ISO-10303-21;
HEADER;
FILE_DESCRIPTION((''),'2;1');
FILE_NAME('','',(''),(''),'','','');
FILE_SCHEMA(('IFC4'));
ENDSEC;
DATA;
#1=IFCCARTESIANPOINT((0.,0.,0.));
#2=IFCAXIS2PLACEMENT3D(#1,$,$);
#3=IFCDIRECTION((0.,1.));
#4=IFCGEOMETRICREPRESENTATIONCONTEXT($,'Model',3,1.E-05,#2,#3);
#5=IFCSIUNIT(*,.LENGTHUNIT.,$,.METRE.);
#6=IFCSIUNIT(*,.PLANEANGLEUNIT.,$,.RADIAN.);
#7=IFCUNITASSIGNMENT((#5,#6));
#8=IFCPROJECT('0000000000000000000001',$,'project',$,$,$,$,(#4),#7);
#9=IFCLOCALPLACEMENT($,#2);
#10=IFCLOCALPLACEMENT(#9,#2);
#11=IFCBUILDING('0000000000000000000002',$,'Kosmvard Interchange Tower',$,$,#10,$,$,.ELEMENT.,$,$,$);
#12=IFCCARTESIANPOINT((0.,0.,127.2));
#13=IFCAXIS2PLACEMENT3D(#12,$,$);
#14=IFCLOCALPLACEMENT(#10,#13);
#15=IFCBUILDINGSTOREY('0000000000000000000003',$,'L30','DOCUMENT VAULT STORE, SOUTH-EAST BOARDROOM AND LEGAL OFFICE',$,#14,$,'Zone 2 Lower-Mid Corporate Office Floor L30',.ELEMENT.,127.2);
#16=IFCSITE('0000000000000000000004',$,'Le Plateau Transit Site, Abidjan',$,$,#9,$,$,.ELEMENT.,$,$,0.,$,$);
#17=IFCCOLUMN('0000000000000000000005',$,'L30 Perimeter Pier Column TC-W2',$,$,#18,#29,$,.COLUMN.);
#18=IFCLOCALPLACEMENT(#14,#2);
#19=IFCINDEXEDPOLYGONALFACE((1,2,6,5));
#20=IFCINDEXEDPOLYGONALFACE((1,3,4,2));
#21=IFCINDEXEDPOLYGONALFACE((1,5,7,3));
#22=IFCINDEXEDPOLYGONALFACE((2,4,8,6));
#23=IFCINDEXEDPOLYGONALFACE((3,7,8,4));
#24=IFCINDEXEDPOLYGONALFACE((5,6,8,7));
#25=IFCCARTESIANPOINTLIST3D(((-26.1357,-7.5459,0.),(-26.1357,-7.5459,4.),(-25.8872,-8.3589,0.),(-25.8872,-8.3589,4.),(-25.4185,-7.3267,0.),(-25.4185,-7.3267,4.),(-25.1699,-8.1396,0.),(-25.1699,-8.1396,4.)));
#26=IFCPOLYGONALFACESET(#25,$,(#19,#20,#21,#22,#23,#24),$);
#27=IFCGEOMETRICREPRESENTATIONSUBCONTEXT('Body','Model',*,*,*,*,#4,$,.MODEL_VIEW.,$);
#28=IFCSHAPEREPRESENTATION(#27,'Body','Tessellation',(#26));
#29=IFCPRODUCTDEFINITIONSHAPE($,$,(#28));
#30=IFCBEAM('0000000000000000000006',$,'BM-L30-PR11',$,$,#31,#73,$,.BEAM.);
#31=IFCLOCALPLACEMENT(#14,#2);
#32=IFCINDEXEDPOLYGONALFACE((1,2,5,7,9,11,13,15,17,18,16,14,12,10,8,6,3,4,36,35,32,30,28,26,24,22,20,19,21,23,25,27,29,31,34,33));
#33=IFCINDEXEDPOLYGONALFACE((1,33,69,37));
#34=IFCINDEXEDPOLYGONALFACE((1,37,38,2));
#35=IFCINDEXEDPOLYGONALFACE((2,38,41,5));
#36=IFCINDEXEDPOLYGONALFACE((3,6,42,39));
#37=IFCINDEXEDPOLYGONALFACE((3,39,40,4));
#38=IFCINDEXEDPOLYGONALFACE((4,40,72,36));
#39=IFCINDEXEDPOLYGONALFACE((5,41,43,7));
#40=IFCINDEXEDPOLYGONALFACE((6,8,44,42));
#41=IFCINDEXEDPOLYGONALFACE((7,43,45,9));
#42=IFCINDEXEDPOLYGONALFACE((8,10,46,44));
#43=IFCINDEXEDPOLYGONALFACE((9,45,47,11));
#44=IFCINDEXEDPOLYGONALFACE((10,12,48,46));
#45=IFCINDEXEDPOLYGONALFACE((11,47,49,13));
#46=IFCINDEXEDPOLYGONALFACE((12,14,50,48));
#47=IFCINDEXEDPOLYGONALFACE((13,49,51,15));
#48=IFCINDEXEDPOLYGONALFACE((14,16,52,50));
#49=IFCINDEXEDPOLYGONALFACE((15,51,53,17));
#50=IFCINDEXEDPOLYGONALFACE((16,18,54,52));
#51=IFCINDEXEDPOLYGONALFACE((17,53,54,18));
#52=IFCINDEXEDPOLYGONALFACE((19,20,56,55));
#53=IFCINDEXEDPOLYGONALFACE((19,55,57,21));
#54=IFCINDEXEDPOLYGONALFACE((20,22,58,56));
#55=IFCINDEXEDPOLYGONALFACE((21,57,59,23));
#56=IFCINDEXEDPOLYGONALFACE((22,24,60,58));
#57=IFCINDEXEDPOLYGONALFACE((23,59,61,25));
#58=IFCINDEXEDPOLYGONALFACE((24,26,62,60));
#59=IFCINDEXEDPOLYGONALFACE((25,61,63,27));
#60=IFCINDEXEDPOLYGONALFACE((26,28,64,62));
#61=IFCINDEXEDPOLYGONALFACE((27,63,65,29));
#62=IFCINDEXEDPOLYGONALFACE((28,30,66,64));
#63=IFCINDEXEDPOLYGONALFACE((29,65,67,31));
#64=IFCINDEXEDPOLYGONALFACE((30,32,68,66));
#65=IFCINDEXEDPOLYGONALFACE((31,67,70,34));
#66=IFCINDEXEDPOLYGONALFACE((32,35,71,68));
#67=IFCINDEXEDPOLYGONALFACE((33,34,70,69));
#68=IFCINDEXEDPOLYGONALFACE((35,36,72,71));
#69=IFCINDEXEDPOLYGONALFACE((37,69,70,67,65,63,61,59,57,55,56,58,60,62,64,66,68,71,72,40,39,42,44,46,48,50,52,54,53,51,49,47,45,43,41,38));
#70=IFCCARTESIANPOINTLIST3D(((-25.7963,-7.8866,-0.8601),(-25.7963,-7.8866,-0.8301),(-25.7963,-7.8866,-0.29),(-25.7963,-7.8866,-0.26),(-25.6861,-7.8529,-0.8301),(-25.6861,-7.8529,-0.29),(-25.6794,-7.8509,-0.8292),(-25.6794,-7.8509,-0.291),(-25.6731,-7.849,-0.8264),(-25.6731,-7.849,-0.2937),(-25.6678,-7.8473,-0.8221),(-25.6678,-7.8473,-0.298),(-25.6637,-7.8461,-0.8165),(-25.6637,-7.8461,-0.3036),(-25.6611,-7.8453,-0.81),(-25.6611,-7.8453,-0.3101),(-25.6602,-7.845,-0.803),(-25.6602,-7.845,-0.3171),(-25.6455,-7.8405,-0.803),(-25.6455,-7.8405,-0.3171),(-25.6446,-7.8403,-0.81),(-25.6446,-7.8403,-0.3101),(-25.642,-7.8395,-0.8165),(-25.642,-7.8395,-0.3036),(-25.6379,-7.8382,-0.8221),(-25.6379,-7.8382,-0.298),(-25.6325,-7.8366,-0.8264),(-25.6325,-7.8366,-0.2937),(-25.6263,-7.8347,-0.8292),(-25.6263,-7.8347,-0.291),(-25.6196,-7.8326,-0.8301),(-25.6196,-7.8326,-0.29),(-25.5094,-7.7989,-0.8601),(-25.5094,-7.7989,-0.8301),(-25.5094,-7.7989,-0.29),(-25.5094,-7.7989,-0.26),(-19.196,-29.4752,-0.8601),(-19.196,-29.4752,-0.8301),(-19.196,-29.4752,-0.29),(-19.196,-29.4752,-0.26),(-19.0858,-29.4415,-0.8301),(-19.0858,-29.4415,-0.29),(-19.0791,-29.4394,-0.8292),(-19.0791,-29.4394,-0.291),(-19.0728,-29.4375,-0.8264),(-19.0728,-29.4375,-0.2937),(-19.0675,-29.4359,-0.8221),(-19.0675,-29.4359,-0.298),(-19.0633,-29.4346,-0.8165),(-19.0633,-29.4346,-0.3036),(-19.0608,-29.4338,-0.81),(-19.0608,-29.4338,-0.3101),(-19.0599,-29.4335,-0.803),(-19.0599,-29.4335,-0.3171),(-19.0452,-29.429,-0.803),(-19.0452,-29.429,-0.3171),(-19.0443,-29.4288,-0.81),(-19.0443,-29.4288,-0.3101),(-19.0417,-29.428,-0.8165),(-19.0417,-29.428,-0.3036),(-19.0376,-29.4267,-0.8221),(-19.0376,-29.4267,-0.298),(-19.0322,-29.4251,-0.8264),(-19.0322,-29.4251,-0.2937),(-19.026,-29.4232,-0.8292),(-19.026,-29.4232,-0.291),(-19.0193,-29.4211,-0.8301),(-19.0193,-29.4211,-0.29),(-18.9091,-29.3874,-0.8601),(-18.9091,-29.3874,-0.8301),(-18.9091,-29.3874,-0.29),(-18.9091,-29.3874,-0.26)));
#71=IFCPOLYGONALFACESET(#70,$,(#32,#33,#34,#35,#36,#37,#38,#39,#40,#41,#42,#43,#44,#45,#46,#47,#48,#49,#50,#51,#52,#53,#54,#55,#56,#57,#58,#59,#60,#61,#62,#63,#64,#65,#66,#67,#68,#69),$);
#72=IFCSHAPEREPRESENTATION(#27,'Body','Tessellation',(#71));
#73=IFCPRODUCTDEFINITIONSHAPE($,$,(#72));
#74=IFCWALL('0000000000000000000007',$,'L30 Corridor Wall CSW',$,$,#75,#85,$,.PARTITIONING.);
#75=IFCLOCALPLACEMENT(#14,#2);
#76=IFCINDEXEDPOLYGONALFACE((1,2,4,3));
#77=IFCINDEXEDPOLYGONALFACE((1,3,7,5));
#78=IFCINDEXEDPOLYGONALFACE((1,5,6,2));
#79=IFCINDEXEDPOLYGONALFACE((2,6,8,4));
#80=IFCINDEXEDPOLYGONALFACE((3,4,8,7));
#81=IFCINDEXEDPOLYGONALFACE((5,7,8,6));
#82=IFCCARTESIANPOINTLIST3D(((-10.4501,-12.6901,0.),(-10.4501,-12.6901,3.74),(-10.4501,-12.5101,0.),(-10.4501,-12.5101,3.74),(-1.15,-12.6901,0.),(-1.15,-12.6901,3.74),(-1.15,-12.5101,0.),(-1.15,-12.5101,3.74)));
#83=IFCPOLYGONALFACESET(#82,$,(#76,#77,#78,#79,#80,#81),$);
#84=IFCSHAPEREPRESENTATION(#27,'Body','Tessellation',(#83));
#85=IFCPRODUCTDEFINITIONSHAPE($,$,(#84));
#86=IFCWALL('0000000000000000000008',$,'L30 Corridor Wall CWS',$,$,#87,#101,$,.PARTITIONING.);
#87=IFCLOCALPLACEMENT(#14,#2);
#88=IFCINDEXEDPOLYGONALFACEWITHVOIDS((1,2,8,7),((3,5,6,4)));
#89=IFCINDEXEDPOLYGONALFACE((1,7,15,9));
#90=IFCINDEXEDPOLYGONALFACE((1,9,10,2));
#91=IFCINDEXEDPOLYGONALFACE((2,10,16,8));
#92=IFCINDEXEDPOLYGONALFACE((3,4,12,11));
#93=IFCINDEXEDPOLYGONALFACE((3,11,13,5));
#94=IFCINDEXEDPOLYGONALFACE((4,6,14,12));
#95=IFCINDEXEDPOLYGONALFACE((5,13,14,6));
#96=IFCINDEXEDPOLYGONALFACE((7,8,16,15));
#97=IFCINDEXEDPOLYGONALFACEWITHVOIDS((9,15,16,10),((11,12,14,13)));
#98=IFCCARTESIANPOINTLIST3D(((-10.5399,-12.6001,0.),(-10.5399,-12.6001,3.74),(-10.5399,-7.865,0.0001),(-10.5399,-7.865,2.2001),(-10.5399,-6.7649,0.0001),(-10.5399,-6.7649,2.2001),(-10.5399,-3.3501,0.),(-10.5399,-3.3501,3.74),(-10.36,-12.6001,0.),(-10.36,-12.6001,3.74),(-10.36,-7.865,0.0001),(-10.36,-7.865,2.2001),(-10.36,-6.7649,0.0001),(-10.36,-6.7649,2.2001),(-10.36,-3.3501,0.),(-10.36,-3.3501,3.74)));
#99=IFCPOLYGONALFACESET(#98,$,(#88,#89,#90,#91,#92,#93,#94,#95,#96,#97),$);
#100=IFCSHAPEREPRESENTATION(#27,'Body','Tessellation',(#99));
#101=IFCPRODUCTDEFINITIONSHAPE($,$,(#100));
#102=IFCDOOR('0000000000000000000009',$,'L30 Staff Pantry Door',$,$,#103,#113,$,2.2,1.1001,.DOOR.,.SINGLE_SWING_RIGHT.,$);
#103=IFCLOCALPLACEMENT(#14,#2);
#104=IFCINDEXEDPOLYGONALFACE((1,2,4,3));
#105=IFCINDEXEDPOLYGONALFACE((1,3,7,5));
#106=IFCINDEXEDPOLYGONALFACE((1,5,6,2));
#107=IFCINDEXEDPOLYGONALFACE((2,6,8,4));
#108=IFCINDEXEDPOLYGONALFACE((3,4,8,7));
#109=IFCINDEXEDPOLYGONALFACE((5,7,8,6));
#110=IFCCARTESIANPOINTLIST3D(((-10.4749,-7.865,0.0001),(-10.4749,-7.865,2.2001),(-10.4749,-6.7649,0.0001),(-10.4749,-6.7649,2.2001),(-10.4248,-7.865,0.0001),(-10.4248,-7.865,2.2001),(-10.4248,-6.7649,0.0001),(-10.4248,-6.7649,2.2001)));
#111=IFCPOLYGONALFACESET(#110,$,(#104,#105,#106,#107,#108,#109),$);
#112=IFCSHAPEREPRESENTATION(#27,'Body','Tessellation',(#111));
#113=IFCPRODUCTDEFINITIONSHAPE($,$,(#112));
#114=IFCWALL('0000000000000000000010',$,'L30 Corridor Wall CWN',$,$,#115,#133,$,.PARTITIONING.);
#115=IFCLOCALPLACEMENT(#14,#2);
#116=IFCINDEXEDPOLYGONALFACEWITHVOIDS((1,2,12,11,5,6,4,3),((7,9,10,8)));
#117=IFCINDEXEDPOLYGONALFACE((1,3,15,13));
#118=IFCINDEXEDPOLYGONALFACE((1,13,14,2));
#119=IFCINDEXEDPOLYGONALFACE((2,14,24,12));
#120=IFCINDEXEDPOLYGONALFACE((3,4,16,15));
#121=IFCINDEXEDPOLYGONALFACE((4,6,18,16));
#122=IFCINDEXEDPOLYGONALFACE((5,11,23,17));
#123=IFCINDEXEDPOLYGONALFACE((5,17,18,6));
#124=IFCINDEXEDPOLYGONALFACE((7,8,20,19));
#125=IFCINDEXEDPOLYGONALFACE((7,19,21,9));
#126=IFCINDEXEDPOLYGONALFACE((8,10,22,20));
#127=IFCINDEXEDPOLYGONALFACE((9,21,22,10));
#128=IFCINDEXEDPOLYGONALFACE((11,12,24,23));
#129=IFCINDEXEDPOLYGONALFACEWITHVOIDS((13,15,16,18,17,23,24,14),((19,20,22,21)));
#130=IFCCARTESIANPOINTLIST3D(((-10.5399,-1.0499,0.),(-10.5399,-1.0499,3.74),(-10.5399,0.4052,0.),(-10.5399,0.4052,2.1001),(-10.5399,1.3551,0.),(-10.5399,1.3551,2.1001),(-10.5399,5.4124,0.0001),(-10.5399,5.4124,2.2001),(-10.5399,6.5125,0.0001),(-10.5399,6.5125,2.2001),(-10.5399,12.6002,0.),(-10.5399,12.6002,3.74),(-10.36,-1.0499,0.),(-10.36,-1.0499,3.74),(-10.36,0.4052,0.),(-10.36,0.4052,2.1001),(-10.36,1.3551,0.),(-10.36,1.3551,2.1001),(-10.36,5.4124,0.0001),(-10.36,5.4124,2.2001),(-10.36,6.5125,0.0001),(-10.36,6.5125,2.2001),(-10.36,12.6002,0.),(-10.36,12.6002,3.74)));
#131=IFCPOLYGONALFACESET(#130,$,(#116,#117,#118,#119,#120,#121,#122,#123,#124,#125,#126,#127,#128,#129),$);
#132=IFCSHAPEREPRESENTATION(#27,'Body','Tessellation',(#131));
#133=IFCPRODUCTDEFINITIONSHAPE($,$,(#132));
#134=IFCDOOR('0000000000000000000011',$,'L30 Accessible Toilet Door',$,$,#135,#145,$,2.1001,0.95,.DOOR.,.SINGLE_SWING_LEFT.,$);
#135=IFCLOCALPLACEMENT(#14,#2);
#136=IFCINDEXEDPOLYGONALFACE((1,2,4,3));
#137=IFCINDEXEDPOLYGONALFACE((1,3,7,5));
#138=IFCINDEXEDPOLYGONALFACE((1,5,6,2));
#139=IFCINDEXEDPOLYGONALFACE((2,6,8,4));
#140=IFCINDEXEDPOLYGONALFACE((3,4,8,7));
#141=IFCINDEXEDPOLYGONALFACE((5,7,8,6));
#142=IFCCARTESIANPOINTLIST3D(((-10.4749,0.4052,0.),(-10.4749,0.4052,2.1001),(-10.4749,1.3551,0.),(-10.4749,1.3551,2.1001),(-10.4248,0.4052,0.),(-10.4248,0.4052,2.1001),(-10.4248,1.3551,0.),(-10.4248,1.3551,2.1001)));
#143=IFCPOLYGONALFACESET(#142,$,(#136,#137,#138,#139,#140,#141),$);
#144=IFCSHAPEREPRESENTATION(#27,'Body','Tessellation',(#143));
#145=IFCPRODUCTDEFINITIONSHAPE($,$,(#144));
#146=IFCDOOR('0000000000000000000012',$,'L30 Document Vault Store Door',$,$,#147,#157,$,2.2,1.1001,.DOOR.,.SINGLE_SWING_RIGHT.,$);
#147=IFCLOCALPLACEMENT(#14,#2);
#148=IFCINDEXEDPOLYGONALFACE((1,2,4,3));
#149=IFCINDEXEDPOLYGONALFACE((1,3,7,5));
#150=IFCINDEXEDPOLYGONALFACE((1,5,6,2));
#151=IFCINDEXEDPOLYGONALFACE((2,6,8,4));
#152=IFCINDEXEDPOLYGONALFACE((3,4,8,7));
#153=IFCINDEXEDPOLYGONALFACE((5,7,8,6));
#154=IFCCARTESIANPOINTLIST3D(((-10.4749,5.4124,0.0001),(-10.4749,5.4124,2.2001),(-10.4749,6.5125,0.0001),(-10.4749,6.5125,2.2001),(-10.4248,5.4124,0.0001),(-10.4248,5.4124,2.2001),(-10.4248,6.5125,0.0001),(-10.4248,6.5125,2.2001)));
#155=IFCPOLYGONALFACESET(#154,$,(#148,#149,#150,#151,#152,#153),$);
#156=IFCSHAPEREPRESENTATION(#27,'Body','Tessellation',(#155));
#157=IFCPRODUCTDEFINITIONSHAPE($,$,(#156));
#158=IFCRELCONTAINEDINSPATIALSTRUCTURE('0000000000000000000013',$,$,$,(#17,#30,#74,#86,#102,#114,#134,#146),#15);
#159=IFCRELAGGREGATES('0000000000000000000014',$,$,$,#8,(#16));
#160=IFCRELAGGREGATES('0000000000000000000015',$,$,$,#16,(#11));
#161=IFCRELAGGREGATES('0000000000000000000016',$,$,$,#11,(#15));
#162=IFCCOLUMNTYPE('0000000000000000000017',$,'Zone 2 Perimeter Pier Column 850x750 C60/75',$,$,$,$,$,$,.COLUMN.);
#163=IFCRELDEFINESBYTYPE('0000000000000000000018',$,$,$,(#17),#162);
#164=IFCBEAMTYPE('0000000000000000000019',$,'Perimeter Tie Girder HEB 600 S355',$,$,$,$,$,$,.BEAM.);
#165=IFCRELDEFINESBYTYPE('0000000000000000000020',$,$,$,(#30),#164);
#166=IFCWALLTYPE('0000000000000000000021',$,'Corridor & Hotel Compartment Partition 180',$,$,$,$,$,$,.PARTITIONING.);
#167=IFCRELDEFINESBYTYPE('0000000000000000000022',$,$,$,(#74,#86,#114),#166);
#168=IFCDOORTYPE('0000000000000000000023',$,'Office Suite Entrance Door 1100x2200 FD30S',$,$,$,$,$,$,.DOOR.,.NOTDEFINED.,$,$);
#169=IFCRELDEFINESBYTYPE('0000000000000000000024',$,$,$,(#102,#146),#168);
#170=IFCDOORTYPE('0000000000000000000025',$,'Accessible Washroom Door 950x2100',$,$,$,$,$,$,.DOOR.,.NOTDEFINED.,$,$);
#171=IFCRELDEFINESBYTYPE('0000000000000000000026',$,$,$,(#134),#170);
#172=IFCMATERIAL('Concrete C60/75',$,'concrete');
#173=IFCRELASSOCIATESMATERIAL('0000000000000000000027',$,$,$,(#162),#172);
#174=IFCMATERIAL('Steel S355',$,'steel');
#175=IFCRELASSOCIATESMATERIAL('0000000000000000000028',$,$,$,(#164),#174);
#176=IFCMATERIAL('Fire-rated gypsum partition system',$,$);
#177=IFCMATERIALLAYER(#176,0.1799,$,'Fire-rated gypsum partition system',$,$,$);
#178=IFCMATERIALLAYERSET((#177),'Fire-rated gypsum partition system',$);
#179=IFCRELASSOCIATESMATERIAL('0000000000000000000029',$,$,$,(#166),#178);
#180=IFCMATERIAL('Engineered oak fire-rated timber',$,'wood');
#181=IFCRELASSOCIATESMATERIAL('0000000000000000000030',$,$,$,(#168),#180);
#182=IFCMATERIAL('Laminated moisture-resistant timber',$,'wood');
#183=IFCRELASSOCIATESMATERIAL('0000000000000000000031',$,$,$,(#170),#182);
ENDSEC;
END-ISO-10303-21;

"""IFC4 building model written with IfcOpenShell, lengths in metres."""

from ifc_helpers import new_model, si_unit, direction, frame, frame_2d, origin, origin_2d, place, context, subcontext, project, spatial, rectangle, i_section, extrude, source, transform, mapped, material, layer, layer_set, material_profile, profile_set, type_object, element, fill, save


model = new_model("IFC4")

# Units and contexts
model_context = context("Model", 3, precision=1e-05, world=origin(), true_north=direction((0.0, 1.0)))
body_context = subcontext(model_context, "Body", "Model", "MODEL_VIEW")
ifc_project = project(units=[si_unit("LENGTHUNIT", "METRE"), si_unit("PLANEANGLEUNIT", "RADIAN")], contexts=[model_context])

# Site, building, storey
site_placement = place(None, origin())
site = spatial("IfcSite", under=ifc_project, at=site_placement, Name="Le Plateau Transit Site, Abidjan", CompositionType="ELEMENT", RefElevation=0.0)
building_placement = place(site_placement, origin())
building = spatial("IfcBuilding", under=site, at=building_placement, Name="Kosmvard Interchange Tower", CompositionType="ELEMENT")
storey_placement = place(building_placement, frame((0.0, 0.0, 127.2)))
storey = spatial("IfcBuildingStorey", under=building, at=storey_placement, Name="L30", Description="DOCUMENT VAULT STORE, SOUTH-EAST BOARDROOM AND LEGAL OFFICE", LongName="Zone 2 Lower-Mid Corporate Office Floor L30", CompositionType="ELEMENT", Elevation=127.2)

# Column
ifc_material_1 = material(Name="Concrete C60/75", Category="concrete")
ifc_material_profile_1 = material_profile(ifc_material_1, rectangle(XDim=0.75, YDim=0.8501, at=origin_2d()), Name="TC 850x750")
ifc_profile_set_1 = profile_set([ifc_material_profile_1], Name="Concrete C60/75")
column_type = type_object("IfcColumnType", Name="Zone 2 Perimeter Pier Column 850x750 C60/75", PredefinedType="COLUMN", material=ifc_profile_set_1)
shared_shape_1 = source(origin(), body_context, "Body", "SweptSolid", [
    extrude(rectangle(XDim=0.75, YDim=0.8501, at=origin_2d()), origin(), (0.0, 0.0, 1.0), 4.0),
])
column_placement = place(storey_placement, frame((-25.6528, -7.8428, 0.0), z_axis=(0.0, 0.0, 1.0), x_axis=(0.956305, 0.292372, 0.0)))
element("IfcColumn", 1, at=column_placement, inside=storey, type_object=column_type, Name="L30 Perimeter Pier Column TC-W2", PredefinedType="COLUMN", context=body_context, shape_type="MappedRepresentation", body=[
    mapped(shared_shape_1, transform((0.0, 0.0, 0.0), scale=1.0)),
])

# Beam
ifc_material_2 = material(Name="Steel S355", Category="steel")
ifc_material_profile_2 = material_profile(ifc_material_2, i_section(OverallWidth=0.3, OverallDepth=0.6001, WebThickness=0.0154, FlangeThickness=0.03, FilletRadius=0.0271, at=origin_2d()), Name="HEB 600")
ifc_profile_set_2 = profile_set([ifc_material_profile_2], Name="Steel S355")
beam_type = type_object("IfcBeamType", Name="Perimeter Tie Girder HEB 600 S355", PredefinedType="BEAM", material=ifc_profile_set_2)
shared_shape_2 = source(origin(), body_context, "Body", "SweptSolid", [
    extrude(i_section(OverallWidth=0.3, OverallDepth=0.6001, WebThickness=0.0154, FlangeThickness=0.03, FilletRadius=0.0271, at=origin_2d()), origin(), (0.0, 0.0, 1.0), 22.575),
])
beam_placement = place(storey_placement, frame((-25.6528, -7.8428, -0.5601), z_axis=(0.292373, -0.956304, 0.0), x_axis=(0.956304, 0.292373, 0.0)))
element("IfcBeam", 2, at=beam_placement, inside=storey, type_object=beam_type, Name="BM-L30-PR11", PredefinedType="BEAM", context=body_context, shape_type="MappedRepresentation", body=[
    mapped(shared_shape_2, transform((0.0, 0.0, 0.0), scale=1.0)),
])

# Wall
ifc_material_3 = material(Name="Fire-rated gypsum partition system")
ifc_layer_1 = layer(ifc_material_3, 0.1799, Name="Fire-rated gypsum partition system")
ifc_layer_set_1 = layer_set([ifc_layer_1], Name="Fire-rated gypsum partition system")
wall_type_1 = type_object("IfcWallType", Name="Corridor & Hotel Compartment Partition 180", PredefinedType="PARTITIONING", material=ifc_layer_set_1)
wall_1_placement = place(storey_placement, frame((-10.45, -12.6001, 0.0), z_axis=(0.0, 0.0, 1.0), x_axis=(1.0, 0.0, 0.0)))
element("IfcWall", 3, at=wall_1_placement, inside=storey, type_object=wall_type_1, Name="L30 Corridor Wall CSW", PredefinedType="PARTITIONING", context=body_context, shape_type="SweptSolid", body=[
    extrude(rectangle(XDim=9.3, YDim=0.1799, at=frame_2d((4.6499, 0.0))), origin(), (0.0, 0.0, 1.0), 3.74),
])

# Wall, opening, door
wall_2_placement = place(storey_placement, frame((-10.45, -12.6001, 0.0), z_axis=(0.0, 0.0, 1.0), x_axis=(0.0, 1.0, 0.0)))
wall_2 = element("IfcWall", 4, at=wall_2_placement, inside=storey, type_object=wall_type_1, Name="L30 Corridor Wall CWS", PredefinedType="PARTITIONING", context=body_context, shape_type="SweptSolid", body=[
    extrude(rectangle(XDim=9.25, YDim=0.1799, at=frame_2d((4.625, 0.0))), origin(), (0.0, 0.0, 1.0), 3.74),
])
opening_1_placement = place(wall_2_placement, frame((4.7351, 0.0, 0.0)))
opening_1 = element("IfcOpeningElement", 5, at=opening_1_placement, cuts=wall_2, PredefinedType="OPENING", context=body_context, shape_type="SweptSolid", body=[
    extrude(rectangle(XDim=1.1001, YDim=2.2, at=frame_2d((0.55, 1.1001))), frame((0.0, 0.1001, 0.0), z_axis=(0.0, -1.0, 0.0), x_axis=(1.0, 0.0, 0.0)), (0.0, 0.0, 1.0), 0.2),
])
ifc_material_4 = material(Name="Engineered oak fire-rated timber", Category="wood")
door_type_1 = type_object("IfcDoorType", Name="Office Suite Entrance Door 1100x2200 FD30S", OperationType="NOTDEFINED", PredefinedType="DOOR", material=ifc_material_4)
shared_shape_3 = source(origin(), body_context, "Body", "SweptSolid", [
    extrude(rectangle(XDim=1.1001, YDim=2.2, at=frame_2d((0.55, 1.1001))), frame((0.0, 0.0249, 0.0), z_axis=(0.0, -1.0, 0.0), x_axis=(1.0, 0.0, 0.0)), (0.0, 0.0, 1.0), 0.05),
])
door_1_placement = place(opening_1_placement, origin())
door_1 = element("IfcDoor", 6, at=door_1_placement, inside=storey, type_object=door_type_1, Name="L30 Staff Pantry Door", OperationType="SINGLE_SWING_RIGHT", OverallHeight=2.2, OverallWidth=1.1001, PredefinedType="DOOR", context=body_context, shape_type="MappedRepresentation", body=[
    mapped(shared_shape_3, transform((0.0, 0.0, 0.0), scale=1.0)),
])
fill(opening_1, door_1)

# Wall, openings, doors
wall_3_placement = place(storey_placement, frame((-10.45, -1.05, 0.0), z_axis=(0.0, 0.0, 1.0), x_axis=(0.0, 1.0, 0.0)))
wall_3 = element("IfcWall", 7, at=wall_3_placement, inside=storey, type_object=wall_type_1, Name="L30 Corridor Wall CWN", PredefinedType="PARTITIONING", context=body_context, shape_type="SweptSolid", body=[
    extrude(rectangle(XDim=13.6501, YDim=0.1799, at=frame_2d((6.8252, 0.0))), origin(), (0.0, 0.0, 1.0), 3.74),
])
opening_2_placement = place(wall_3_placement, frame((1.4551, 0.0, 0.0)))
opening_2 = element("IfcOpeningElement", 8, at=opening_2_placement, cuts=wall_3, PredefinedType="OPENING", context=body_context, shape_type="SweptSolid", body=[
    extrude(rectangle(XDim=0.95, YDim=2.1001, at=frame_2d((0.4751, 1.05))), frame((0.0, 0.1001, 0.0), z_axis=(0.0, -1.0, 0.0), x_axis=(1.0, 0.0, 0.0)), (0.0, 0.0, 1.0), 0.2),
])
opening_3_placement = place(wall_3_placement, frame((6.4624, 0.0, 0.0)))
opening_3 = element("IfcOpeningElement", 9, at=opening_3_placement, cuts=wall_3, PredefinedType="OPENING", context=body_context, shape_type="SweptSolid", body=[
    extrude(rectangle(XDim=1.1001, YDim=2.2, at=frame_2d((0.55, 1.1001))), frame((0.0, 0.1001, 0.0), z_axis=(0.0, -1.0, 0.0), x_axis=(1.0, 0.0, 0.0)), (0.0, 0.0, 1.0), 0.2),
])
ifc_material_5 = material(Name="Laminated moisture-resistant timber", Category="wood")
door_type_2 = type_object("IfcDoorType", Name="Accessible Washroom Door 950x2100", OperationType="NOTDEFINED", PredefinedType="DOOR", material=ifc_material_5)
shared_shape_4 = source(origin(), body_context, "Body", "SweptSolid", [
    extrude(rectangle(XDim=0.95, YDim=2.1001, at=frame_2d((0.4751, 1.05))), frame((0.0, 0.0249, 0.0), z_axis=(0.0, -1.0, 0.0), x_axis=(1.0, 0.0, 0.0)), (0.0, 0.0, 1.0), 0.05),
])
door_2_placement = place(opening_2_placement, origin())
door_2 = element("IfcDoor", 10, at=door_2_placement, inside=storey, type_object=door_type_2, Name="L30 Accessible Toilet Door", OperationType="SINGLE_SWING_LEFT", OverallHeight=2.1001, OverallWidth=0.95, PredefinedType="DOOR", context=body_context, shape_type="MappedRepresentation", body=[
    mapped(shared_shape_4, transform((0.0, 0.0, 0.0), scale=1.0)),
])
fill(opening_2, door_2)
door_3_placement = place(opening_3_placement, origin())
door_3 = element("IfcDoor", 11, at=door_3_placement, inside=storey, type_object=door_type_1, Name="L30 Document Vault Store Door", OperationType="SINGLE_SWING_RIGHT", OverallHeight=2.2, OverallWidth=1.1001, PredefinedType="DOOR", context=body_context, shape_type="MappedRepresentation", body=[
    mapped(shared_shape_3, transform((0.0, 0.0, 0.0), scale=1.0)),
])
fill(opening_3, door_3)

save(model, "model.ifc")
